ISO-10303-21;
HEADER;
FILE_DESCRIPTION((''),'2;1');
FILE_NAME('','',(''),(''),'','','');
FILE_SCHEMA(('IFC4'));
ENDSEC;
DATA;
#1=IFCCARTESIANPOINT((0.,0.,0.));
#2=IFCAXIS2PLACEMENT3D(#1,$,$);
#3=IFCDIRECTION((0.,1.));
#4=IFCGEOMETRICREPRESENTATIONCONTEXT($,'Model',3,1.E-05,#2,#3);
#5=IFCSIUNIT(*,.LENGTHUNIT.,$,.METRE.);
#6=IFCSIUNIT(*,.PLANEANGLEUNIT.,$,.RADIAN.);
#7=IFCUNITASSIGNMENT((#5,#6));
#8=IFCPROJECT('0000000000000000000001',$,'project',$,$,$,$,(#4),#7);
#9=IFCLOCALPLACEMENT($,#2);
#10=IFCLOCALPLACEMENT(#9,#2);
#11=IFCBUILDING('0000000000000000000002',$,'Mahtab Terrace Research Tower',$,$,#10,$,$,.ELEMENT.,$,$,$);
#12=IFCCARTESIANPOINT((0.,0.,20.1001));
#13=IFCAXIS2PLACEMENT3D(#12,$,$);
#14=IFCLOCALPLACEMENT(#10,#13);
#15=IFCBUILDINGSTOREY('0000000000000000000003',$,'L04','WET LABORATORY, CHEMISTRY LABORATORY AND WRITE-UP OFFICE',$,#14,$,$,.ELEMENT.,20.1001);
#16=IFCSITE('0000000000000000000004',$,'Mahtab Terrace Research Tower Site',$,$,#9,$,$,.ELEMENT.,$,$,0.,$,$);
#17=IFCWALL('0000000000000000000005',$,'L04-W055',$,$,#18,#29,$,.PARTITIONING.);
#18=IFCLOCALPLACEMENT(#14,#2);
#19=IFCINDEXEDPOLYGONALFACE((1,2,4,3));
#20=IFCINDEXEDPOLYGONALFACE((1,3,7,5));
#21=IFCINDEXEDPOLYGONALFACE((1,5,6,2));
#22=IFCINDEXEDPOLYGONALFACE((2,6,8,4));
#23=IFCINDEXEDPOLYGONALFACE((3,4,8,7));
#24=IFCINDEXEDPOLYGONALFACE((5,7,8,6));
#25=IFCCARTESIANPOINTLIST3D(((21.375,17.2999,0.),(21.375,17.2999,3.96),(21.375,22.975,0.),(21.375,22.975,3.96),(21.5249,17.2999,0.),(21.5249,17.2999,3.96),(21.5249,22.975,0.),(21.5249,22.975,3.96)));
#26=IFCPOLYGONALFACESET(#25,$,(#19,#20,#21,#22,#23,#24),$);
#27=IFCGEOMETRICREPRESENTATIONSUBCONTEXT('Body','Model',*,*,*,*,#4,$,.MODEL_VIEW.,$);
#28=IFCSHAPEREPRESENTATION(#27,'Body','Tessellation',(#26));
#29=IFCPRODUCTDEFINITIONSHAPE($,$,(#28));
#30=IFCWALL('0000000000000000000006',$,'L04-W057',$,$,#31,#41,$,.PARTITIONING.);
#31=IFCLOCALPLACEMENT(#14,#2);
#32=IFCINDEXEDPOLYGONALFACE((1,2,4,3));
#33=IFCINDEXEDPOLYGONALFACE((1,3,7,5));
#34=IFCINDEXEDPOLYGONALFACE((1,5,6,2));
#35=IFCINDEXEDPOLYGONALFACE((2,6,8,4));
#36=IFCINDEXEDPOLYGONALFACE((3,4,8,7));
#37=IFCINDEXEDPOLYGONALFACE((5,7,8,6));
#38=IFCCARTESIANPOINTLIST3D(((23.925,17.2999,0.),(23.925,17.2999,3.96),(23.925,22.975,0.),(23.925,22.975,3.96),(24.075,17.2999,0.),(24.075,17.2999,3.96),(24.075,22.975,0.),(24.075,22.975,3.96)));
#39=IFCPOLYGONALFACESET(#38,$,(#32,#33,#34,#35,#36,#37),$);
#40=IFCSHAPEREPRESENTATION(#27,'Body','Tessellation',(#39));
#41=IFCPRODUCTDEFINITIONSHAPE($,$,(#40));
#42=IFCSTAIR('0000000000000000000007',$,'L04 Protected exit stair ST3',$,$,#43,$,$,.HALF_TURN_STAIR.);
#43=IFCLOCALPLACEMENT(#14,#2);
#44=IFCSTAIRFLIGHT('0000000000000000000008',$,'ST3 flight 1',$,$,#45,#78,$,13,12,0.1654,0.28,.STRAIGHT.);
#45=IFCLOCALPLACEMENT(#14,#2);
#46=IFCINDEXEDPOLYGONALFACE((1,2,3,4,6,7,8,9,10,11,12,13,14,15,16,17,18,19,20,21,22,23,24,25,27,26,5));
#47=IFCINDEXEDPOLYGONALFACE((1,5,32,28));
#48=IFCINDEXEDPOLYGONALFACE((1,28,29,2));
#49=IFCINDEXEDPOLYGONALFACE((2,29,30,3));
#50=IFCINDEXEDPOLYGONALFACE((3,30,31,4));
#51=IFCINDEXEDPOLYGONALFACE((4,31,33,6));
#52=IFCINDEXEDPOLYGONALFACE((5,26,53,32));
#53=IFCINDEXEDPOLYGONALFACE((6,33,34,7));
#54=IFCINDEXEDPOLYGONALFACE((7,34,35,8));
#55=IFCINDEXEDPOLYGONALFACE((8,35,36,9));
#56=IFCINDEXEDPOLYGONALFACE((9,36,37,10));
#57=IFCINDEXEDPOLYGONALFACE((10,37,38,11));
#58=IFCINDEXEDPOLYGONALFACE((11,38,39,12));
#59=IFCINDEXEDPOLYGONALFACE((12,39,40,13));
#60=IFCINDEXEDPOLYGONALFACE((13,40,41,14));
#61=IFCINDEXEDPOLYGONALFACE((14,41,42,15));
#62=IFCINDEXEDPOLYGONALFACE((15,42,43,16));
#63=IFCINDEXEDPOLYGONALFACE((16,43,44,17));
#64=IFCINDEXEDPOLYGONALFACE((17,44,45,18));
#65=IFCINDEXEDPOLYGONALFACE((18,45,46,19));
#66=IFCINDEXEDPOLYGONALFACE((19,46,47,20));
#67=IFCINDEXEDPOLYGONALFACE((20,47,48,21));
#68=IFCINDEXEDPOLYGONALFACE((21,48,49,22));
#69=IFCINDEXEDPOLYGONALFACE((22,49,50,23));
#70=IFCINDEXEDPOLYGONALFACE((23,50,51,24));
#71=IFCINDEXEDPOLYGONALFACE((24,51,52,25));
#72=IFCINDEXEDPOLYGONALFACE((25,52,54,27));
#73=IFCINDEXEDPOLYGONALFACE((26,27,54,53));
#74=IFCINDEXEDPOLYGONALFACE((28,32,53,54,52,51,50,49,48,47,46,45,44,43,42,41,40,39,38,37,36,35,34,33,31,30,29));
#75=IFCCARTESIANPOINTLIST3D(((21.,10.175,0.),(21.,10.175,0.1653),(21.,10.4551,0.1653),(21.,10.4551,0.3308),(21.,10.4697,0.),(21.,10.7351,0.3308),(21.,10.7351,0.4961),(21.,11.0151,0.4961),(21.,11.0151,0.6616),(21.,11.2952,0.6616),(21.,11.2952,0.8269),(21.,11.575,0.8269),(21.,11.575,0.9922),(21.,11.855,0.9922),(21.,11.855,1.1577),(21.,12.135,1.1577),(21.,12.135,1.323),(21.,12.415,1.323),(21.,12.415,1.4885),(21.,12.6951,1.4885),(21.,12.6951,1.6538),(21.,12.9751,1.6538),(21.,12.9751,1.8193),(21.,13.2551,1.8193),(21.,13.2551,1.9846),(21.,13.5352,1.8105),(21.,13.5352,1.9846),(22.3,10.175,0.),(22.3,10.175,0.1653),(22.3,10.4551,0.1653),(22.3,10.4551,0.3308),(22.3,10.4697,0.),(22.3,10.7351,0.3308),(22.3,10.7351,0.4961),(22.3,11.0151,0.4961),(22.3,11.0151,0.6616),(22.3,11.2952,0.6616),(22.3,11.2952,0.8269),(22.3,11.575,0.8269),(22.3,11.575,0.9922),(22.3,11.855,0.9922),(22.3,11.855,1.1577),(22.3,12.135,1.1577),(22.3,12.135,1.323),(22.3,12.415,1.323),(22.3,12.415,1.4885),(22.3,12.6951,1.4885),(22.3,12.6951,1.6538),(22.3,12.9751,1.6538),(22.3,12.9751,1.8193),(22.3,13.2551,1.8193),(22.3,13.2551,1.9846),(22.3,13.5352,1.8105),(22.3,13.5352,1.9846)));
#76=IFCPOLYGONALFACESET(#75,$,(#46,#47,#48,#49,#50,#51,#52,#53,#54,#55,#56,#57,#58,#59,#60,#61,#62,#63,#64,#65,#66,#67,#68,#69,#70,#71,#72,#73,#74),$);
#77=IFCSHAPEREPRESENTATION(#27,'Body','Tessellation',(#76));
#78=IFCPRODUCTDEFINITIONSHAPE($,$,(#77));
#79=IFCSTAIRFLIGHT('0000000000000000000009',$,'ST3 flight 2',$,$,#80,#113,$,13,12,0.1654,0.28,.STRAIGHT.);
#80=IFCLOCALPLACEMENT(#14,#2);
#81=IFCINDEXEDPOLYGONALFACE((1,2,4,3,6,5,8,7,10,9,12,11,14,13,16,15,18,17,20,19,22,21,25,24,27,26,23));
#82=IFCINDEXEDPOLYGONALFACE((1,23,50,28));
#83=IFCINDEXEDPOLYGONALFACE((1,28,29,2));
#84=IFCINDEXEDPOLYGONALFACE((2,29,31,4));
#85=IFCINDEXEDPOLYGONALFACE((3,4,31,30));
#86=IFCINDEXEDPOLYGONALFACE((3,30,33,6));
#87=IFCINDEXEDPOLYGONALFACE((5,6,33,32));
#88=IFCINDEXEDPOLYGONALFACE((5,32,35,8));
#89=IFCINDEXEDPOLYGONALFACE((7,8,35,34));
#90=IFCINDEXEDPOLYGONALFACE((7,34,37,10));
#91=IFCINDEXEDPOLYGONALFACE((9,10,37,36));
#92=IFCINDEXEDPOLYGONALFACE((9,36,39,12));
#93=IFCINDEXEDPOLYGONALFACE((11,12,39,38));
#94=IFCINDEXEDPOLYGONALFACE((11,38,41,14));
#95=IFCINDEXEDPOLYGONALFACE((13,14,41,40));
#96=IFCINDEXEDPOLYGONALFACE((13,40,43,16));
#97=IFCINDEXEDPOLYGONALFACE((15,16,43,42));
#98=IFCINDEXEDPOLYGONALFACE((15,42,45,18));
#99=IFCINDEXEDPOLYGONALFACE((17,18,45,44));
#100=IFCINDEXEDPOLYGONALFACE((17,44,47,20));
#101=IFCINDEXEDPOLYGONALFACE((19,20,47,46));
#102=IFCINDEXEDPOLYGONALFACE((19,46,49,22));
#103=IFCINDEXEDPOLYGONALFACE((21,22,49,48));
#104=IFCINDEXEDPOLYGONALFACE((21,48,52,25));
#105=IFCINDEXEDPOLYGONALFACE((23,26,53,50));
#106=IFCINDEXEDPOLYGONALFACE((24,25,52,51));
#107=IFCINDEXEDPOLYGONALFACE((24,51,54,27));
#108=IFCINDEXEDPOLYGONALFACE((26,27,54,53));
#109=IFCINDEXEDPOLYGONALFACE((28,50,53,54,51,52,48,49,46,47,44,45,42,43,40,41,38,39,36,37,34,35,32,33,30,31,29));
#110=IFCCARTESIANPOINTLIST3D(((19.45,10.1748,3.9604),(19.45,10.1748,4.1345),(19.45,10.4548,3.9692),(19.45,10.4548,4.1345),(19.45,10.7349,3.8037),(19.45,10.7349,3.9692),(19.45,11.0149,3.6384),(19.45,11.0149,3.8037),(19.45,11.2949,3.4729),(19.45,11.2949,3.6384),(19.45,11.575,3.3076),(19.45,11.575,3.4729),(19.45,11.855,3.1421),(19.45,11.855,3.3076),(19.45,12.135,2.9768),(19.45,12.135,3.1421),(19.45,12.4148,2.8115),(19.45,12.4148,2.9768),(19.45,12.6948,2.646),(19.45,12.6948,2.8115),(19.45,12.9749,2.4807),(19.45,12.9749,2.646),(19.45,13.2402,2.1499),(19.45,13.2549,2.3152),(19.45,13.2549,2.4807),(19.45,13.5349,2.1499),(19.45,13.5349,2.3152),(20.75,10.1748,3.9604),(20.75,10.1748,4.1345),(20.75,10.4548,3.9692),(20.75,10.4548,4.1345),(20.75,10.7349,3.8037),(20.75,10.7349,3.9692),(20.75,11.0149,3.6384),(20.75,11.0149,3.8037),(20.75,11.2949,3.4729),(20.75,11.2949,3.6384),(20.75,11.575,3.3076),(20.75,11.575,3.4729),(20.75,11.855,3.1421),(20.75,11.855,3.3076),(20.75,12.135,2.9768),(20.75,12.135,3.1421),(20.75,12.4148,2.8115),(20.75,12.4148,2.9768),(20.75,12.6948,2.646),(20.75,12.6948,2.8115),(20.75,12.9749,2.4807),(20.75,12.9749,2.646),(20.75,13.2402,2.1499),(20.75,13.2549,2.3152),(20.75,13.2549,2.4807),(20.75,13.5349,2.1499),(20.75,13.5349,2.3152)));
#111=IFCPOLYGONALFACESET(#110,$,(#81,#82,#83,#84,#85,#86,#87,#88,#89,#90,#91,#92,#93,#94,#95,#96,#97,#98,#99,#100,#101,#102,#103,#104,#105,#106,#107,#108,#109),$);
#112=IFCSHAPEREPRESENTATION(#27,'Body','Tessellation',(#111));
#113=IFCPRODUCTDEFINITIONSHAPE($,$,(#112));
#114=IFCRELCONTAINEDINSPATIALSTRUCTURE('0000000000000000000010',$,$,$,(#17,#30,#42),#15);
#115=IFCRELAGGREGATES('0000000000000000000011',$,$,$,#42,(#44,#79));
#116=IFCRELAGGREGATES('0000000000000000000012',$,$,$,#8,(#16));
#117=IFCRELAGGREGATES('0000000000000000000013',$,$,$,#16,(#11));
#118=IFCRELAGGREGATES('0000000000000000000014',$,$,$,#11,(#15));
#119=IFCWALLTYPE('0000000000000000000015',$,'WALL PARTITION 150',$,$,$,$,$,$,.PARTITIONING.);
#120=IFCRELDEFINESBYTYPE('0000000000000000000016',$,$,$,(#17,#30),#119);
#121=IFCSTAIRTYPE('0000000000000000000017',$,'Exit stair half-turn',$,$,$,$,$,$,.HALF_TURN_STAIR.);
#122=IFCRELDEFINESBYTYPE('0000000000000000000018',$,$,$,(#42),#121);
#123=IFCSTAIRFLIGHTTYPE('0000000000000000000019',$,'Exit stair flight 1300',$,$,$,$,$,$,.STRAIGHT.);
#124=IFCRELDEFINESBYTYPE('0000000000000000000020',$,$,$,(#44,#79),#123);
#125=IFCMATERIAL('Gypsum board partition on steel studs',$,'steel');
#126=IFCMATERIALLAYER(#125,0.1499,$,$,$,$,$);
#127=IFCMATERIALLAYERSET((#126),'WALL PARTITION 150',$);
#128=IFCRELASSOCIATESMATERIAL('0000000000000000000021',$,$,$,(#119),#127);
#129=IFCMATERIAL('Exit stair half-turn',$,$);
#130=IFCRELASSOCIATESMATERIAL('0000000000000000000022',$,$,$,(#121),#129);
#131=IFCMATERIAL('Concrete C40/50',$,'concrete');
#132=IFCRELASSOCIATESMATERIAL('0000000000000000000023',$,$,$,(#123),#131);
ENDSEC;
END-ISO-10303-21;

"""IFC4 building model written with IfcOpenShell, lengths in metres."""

from ifc_helpers import new_model, si_unit, direction, frame, frame_2d, origin, place, context, subcontext, project, spatial, polyline, rectangle, outline, extrude, material, layer, layer_set, type_object, element, aggregate, save


model = new_model("IFC4")

# Units and contexts
model_context = context("Model", 3, precision=1e-05, world=origin(), true_north=direction((0.0, 1.0)))
body_context = subcontext(model_context, "Body", "Model", "MODEL_VIEW")
ifc_project = project(units=[si_unit("LENGTHUNIT", "METRE"), si_unit("PLANEANGLEUNIT", "RADIAN")], contexts=[model_context])

# Site, building, storey
site_placement = place(None, origin())
site = spatial("IfcSite", under=ifc_project, at=site_placement, Name="Mahtab Terrace Research Tower Site", CompositionType="ELEMENT", RefElevation=0.0)
building_placement = place(site_placement, origin())
building = spatial("IfcBuilding", under=site, at=building_placement, Name="Mahtab Terrace Research Tower", CompositionType="ELEMENT")
storey_placement = place(building_placement, frame((0.0, 0.0, 20.1001)))
storey = spatial("IfcBuildingStorey", under=building, at=storey_placement, Name="L04", Description="WET LABORATORY, CHEMISTRY LABORATORY AND WRITE-UP OFFICE", CompositionType="ELEMENT", Elevation=20.1001)

# Walls
ifc_material_1 = material(Name="Gypsum board partition on steel studs", Category="steel")
ifc_layer_1 = layer(ifc_material_1, 0.1499)
ifc_layer_set_1 = layer_set([ifc_layer_1], Name="WALL PARTITION 150")
wall_type_1 = type_object("IfcWallType", Name="WALL PARTITION 150", PredefinedType="PARTITIONING", material=ifc_layer_set_1)
for number, where, z_axis, x_axis, name in (
    (1, (21.45, 17.3, 0.0), (0.0, 0.0, 1.0), (0.0, 1.0, 0.0), "L04-W055"),
    (2, (24.0, 17.3, 0.0), (0.0, 0.0, 1.0), (0.0, 1.0, 0.0), "L04-W057"),
):
    element("IfcWall", number, at=place(storey_placement, frame(where, z_axis=z_axis, x_axis=x_axis)), inside=storey, type_object=wall_type_1, Name=name, PredefinedType="PARTITIONING", context=body_context, shape_type="SweptSolid", body=[
        extrude(rectangle(XDim=5.675, YDim=0.1499, at=frame_2d((2.8374, 0.0))), origin(), (0.0, 0.0, 1.0), 3.96),
    ])

# Stair, stair flights
ifc_material_2 = material(Name="Exit stair half-turn")
stair_type = type_object("IfcStairType", Name="Exit stair half-turn", PredefinedType="HALF_TURN_STAIR", material=ifc_material_2)
stair_placement = place(storey_placement, origin())
stair = element("IfcStair", 3, at=stair_placement, inside=storey, type_object=stair_type, Name="L04 Protected exit stair ST3", PredefinedType="HALF_TURN_STAIR")
ifc_material_3 = material(Name="Concrete C40/50", Category="concrete")
stair_flight_type = type_object("IfcStairFlightType", Name="Exit stair flight 1300", PredefinedType="STRAIGHT", material=ifc_material_3)
stair_flight_1_placement = place(storey_placement, frame((21.6499, 10.175, 0.0), z_axis=(0.0, 0.0, 1.0), x_axis=(0.0, 1.0, 0.0)))
stair_flight_1 = element("IfcStairFlight", 4, at=stair_flight_1_placement, type_object=stair_flight_type, Name="ST3 flight 1", NumberOfRisers=13, NumberOfTreads=12, PredefinedType="STRAIGHT", RiserHeight=0.1654, TreadLength=0.28, context=body_context, shape_type="SweptSolid", body=[
    extrude(outline(polyline([(0.0, 0.0), (0.0, 0.1653), (0.28, 0.1653), (0.28, 0.3308), (0.5601, 0.3308), (0.5601, 0.4961), (0.8401, 0.4961), (0.8401, 0.6616), (1.1201, 0.6616), (1.1201, 0.8269), (1.3999, 0.8269), (1.3999, 0.9922), (1.6799, 0.9922), (1.6799, 1.1577), (1.96, 1.1577), (1.96, 1.323), (2.24, 1.323), (2.24, 1.4885), (2.52, 1.4885), (2.52, 1.6538), (2.8, 1.6538), (2.8, 1.8193), (3.0801, 1.8193), (3.0801, 1.9846), (3.3601, 1.9846), (3.3601, 2.1499), (3.3601, 1.8105), (0.2947, 0.0), (0.0, 0.0)])), frame((0.0, 0.6499, 0.0), z_axis=(0.0, -1.0, 0.0), x_axis=(1.0, 0.0, 0.0)), (0.0, 0.0, 1.0), 1.3),
])
stair_flight_2_placement = place(storey_placement, frame((20.1001, 13.5349, 2.1499), z_axis=(0.0, 0.0, 1.0), x_axis=(0.0, -1.0, 0.0)))
stair_flight_2 = element("IfcStairFlight", 5, at=stair_flight_2_placement, type_object=stair_flight_type, Name="ST3 flight 2", NumberOfRisers=13, NumberOfTreads=12, PredefinedType="STRAIGHT", RiserHeight=0.1654, TreadLength=0.28, context=body_context, shape_type="SweptSolid", body=[
    extrude(outline(polyline([(0.0, 0.0), (0.0, 0.1653), (0.28, 0.1653), (0.28, 0.3308), (0.5601, 0.3308), (0.5601, 0.4961), (0.8401, 0.4961), (0.8401, 0.6616), (1.1201, 0.6616), (1.1201, 0.8269), (1.3999, 0.8269), (1.3999, 0.9922), (1.6799, 0.9922), (1.6799, 1.1577), (1.96, 1.1577), (1.96, 1.323), (2.24, 1.323), (2.24, 1.4885), (2.52, 1.4885), (2.52, 1.6538), (2.8, 1.6538), (2.8, 1.8193), (3.0801, 1.8193), (3.0801, 1.9846), (3.3601, 1.9846), (3.3601, 2.1499), (3.3601, 1.8105), (0.2947, 0.0), (0.0, 0.0)])), frame((0.0, 0.6499, 0.0), z_axis=(0.0, -1.0, 0.0), x_axis=(1.0, 0.0, 0.0)), (0.0, 0.0, 1.0), 1.3),
])
aggregate(stair, [stair_flight_1, stair_flight_2])

save(model, "model.ifc")
